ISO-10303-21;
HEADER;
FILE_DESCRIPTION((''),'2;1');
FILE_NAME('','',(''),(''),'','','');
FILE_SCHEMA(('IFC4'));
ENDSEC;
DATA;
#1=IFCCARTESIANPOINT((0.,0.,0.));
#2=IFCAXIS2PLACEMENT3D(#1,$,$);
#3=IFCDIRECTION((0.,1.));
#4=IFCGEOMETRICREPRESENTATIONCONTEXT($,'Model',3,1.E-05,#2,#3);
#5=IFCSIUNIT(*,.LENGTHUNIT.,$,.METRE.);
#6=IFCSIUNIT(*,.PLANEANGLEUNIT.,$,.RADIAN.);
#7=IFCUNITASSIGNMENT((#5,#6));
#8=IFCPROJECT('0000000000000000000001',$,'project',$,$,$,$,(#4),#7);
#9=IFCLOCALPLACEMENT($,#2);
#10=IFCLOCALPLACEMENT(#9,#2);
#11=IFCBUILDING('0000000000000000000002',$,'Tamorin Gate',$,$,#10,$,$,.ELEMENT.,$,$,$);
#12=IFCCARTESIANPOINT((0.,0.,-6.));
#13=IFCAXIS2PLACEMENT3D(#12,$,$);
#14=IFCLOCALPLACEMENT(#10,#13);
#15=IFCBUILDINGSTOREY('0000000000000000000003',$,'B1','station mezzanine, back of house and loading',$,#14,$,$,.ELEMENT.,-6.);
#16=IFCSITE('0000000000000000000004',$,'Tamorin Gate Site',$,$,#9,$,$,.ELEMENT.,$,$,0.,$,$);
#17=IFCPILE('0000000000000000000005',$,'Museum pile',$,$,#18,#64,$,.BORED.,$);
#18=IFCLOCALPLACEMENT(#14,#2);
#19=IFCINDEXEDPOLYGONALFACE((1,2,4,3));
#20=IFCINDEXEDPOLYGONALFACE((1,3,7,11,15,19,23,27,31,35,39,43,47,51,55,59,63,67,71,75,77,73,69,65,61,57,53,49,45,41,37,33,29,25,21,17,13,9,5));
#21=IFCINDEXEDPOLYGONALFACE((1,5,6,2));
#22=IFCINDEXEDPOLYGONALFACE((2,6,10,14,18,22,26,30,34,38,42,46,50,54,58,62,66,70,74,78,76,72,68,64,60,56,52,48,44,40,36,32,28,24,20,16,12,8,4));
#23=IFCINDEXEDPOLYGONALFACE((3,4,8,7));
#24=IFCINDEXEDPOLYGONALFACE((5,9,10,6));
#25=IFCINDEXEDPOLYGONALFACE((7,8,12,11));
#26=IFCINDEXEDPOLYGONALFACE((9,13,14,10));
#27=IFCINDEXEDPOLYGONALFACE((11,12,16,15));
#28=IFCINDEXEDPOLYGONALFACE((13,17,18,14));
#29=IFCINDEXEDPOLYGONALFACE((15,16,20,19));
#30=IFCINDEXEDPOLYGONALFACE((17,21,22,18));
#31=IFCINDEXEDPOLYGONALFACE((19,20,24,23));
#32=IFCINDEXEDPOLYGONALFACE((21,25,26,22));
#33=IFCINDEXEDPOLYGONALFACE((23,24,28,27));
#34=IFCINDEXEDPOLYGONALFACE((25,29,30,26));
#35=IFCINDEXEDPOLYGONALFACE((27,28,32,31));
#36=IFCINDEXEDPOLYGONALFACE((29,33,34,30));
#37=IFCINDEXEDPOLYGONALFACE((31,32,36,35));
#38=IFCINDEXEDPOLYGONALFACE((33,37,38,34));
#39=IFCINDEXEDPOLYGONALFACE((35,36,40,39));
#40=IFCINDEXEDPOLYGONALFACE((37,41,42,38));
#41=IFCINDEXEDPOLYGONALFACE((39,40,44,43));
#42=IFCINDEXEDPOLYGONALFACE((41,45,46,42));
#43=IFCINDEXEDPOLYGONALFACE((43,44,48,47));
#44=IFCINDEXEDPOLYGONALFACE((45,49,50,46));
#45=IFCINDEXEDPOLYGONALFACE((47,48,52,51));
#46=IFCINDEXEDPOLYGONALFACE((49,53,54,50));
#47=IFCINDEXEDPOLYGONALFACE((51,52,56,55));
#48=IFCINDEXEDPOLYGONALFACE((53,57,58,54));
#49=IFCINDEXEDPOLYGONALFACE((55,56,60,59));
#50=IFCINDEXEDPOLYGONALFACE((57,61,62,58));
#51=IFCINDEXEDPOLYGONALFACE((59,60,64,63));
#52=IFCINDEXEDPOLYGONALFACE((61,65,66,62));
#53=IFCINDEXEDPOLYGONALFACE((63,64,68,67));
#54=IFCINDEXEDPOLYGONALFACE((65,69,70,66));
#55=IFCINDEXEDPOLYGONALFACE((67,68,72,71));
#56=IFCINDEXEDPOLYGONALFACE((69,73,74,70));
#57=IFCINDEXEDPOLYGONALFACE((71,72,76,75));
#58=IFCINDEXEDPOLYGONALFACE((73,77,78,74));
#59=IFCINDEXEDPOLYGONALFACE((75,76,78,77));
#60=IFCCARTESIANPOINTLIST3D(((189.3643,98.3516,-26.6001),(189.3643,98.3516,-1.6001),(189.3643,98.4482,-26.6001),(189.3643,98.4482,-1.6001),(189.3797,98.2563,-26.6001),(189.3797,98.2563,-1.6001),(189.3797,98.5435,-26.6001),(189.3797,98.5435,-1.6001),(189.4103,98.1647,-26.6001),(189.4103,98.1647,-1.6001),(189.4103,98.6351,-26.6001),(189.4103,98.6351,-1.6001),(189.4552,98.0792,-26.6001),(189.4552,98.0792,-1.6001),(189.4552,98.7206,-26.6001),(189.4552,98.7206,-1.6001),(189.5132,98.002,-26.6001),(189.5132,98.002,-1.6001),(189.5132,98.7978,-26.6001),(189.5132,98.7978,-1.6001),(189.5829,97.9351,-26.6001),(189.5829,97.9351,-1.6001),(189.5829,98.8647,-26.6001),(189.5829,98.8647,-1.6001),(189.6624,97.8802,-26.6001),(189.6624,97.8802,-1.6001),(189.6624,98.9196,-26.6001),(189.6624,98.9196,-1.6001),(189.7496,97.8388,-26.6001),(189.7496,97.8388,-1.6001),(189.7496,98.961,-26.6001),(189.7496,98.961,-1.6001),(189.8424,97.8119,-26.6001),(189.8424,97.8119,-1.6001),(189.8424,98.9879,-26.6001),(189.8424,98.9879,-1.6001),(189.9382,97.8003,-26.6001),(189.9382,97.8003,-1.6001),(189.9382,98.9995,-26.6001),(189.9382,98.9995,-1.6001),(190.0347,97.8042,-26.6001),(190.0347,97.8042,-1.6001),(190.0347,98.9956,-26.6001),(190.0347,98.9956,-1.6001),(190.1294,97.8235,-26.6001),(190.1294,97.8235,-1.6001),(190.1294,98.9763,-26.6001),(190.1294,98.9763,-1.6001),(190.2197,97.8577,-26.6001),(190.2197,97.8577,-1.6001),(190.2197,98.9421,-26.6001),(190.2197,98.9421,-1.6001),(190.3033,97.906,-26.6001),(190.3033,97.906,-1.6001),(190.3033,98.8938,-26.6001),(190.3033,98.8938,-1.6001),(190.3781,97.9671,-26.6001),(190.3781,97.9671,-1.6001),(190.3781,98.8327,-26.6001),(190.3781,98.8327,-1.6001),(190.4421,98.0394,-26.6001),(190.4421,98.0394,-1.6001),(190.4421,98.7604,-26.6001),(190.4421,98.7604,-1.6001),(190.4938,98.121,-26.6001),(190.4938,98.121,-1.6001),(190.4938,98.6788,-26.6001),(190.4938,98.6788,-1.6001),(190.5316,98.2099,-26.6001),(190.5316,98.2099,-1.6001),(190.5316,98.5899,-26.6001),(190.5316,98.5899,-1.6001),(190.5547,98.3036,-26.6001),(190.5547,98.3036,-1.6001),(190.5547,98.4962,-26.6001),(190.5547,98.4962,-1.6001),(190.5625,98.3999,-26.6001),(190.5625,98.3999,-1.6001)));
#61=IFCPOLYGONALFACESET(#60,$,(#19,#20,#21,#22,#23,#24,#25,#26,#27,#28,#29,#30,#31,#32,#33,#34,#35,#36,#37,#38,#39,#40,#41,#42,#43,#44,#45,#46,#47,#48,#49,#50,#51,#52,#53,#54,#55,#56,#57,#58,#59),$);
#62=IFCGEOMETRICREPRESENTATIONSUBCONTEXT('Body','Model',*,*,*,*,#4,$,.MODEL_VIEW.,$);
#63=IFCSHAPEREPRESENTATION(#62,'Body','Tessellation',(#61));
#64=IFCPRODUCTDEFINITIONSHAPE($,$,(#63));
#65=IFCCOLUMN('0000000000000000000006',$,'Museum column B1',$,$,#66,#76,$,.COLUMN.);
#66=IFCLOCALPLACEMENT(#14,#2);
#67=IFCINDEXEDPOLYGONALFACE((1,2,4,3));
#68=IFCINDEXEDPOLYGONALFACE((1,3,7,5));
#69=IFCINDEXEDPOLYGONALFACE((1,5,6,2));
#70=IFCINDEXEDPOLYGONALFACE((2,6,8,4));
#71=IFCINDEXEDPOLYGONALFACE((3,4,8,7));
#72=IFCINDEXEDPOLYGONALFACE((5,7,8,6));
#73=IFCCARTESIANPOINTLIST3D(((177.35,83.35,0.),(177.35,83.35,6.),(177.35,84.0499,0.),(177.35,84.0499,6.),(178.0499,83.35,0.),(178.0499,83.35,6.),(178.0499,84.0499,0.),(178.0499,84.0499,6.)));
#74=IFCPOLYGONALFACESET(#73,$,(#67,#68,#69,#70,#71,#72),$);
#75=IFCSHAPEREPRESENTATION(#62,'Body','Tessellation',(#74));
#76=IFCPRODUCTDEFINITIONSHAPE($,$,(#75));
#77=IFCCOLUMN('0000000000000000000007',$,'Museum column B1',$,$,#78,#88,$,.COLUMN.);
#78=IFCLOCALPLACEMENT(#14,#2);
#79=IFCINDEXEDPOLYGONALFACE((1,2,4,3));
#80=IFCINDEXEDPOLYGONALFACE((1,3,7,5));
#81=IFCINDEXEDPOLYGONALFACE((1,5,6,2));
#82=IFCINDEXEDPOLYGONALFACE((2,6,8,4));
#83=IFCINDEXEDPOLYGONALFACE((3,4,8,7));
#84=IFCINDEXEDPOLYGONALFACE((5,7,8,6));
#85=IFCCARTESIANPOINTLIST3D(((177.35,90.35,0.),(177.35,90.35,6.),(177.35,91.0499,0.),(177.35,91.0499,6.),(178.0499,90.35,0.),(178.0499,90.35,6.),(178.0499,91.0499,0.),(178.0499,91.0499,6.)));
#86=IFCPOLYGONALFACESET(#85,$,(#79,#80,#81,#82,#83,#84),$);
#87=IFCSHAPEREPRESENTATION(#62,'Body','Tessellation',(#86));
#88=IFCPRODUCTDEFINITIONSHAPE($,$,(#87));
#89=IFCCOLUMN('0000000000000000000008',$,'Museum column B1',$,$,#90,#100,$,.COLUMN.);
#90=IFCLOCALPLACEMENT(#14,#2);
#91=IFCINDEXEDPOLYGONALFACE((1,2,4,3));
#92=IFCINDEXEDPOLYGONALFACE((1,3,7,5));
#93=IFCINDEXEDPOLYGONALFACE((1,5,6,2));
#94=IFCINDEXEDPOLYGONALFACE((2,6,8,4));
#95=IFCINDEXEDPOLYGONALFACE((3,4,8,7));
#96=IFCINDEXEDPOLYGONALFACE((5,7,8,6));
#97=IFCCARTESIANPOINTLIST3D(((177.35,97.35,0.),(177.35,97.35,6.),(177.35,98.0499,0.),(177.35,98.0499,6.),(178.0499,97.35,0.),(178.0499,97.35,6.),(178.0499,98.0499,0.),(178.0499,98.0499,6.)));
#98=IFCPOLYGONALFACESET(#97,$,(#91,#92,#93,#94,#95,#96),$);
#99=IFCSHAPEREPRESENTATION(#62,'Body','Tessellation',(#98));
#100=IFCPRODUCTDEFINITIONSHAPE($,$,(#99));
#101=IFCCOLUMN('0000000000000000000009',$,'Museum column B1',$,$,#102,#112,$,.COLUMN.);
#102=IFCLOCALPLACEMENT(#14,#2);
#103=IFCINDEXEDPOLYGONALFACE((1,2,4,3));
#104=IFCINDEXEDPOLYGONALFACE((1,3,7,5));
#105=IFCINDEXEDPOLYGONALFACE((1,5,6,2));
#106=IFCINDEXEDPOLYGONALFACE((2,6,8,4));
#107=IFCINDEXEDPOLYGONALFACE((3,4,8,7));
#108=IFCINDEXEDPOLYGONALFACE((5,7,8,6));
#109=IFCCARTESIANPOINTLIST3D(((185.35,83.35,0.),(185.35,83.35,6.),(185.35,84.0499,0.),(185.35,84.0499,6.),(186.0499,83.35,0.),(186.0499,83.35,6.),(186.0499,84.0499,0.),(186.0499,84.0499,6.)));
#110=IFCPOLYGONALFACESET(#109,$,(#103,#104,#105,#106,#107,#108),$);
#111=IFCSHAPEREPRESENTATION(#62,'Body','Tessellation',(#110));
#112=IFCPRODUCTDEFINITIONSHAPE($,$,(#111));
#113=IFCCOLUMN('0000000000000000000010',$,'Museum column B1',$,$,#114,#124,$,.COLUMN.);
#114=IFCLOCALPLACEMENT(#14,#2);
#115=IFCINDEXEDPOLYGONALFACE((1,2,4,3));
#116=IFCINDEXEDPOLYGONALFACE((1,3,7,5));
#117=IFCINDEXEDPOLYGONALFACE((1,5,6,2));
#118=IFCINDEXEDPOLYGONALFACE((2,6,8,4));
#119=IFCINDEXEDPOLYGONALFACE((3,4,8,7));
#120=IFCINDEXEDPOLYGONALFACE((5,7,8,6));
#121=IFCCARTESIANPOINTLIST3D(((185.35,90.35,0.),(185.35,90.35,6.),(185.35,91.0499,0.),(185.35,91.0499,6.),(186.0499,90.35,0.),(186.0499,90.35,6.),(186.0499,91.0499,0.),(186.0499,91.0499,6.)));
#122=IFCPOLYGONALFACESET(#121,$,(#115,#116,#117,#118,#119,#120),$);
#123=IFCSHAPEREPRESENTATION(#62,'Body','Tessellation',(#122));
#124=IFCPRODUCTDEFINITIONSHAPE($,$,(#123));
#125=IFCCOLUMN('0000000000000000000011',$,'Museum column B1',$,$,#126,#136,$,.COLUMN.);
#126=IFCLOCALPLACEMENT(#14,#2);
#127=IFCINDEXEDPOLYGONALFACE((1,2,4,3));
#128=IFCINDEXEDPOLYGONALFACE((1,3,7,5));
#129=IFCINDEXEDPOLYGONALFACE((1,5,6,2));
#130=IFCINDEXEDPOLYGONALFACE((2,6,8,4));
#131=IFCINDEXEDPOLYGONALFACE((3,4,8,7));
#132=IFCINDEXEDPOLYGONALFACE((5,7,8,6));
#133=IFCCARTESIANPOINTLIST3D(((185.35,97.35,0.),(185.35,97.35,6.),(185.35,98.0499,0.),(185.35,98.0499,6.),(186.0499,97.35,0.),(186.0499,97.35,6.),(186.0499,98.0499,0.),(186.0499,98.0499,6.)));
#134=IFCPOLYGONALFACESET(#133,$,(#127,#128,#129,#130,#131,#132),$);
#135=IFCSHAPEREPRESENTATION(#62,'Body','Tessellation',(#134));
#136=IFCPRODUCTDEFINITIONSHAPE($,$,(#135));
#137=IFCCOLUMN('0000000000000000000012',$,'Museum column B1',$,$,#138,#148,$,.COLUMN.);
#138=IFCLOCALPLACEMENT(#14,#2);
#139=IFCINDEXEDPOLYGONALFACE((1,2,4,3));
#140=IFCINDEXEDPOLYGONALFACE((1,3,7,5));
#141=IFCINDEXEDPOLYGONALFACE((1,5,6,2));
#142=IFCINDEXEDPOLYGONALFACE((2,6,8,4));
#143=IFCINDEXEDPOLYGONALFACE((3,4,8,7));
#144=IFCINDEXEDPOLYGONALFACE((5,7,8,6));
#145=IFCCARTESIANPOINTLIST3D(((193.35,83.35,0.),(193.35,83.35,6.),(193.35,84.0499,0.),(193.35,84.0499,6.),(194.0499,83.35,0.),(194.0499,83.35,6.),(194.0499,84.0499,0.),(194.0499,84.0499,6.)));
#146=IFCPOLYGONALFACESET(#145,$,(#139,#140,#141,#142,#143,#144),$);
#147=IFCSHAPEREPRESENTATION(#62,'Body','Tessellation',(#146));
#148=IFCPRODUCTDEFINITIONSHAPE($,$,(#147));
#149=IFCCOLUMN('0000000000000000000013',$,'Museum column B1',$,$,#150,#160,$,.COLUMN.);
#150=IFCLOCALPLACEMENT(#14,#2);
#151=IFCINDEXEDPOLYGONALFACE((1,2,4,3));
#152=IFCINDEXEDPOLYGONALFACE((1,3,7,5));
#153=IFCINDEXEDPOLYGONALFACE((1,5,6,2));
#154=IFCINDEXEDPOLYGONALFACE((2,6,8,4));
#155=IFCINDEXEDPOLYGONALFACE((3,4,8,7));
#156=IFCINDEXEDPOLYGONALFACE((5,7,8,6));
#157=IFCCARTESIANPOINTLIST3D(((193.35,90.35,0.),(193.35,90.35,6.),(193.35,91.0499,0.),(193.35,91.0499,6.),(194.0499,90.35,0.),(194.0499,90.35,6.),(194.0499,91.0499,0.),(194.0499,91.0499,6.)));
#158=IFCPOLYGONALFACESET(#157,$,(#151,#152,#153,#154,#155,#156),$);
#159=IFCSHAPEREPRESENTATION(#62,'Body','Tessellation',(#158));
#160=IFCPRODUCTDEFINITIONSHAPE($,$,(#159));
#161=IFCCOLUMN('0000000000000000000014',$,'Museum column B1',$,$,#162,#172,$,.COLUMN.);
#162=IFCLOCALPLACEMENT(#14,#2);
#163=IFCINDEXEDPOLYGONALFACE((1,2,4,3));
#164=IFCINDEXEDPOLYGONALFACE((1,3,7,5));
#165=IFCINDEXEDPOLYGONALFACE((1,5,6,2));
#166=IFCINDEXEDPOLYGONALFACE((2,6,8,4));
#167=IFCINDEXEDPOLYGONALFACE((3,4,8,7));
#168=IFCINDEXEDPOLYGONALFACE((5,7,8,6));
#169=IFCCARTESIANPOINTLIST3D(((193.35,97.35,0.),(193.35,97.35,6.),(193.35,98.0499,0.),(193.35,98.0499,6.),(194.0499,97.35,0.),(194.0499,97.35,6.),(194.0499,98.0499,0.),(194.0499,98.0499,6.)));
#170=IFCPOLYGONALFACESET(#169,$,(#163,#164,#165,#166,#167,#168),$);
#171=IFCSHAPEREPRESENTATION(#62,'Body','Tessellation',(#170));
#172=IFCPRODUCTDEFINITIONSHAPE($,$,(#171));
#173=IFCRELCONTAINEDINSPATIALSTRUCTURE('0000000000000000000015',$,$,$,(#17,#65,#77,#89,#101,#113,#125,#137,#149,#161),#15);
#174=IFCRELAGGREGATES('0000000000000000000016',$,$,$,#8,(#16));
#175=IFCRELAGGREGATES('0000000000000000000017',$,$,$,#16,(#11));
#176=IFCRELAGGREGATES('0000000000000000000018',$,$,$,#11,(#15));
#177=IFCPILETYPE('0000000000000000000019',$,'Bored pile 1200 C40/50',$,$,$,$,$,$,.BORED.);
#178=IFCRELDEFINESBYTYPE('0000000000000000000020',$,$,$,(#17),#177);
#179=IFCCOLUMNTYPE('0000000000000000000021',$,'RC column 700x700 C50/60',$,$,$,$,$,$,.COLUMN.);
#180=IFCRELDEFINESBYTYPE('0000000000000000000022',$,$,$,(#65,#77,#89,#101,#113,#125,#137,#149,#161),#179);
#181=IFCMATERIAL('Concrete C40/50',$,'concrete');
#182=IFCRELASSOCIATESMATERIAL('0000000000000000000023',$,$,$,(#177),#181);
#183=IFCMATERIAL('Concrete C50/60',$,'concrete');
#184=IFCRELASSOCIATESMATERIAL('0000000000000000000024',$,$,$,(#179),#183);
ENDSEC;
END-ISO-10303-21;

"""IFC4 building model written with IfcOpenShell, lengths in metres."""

from ifc_helpers import new_model, si_unit, direction, frame, origin, origin_2d, place, context, subcontext, project, spatial, rectangle, circle, extrude, material, material_profile, profile_set, type_object, element, save


model = new_model("IFC4")

# Units and contexts
model_context = context("Model", 3, precision=1e-05, world=origin(), true_north=direction((0.0, 1.0)))
body_context = subcontext(model_context, "Body", "Model", "MODEL_VIEW")
ifc_project = project(units=[si_unit("LENGTHUNIT", "METRE"), si_unit("PLANEANGLEUNIT", "RADIAN")], contexts=[model_context])

# Site, building, storey
site_placement = place(None, origin())
site = spatial("IfcSite", under=ifc_project, at=site_placement, Name="Tamorin Gate Site", CompositionType="ELEMENT", RefElevation=0.0)
building_placement = place(site_placement, origin())
building = spatial("IfcBuilding", under=site, at=building_placement, Name="Tamorin Gate", CompositionType="ELEMENT")
storey_placement = place(building_placement, frame((0.0, 0.0, -6.0)))
storey = spatial("IfcBuildingStorey", under=building, at=storey_placement, Name="B1", Description="station mezzanine, back of house and loading", CompositionType="ELEMENT", Elevation=-6.0)

# Pile
ifc_material_1 = material(Name="Concrete C40/50", Category="concrete")
ifc_material_profile_1 = material_profile(ifc_material_1, circle(Radius=0.6001, at=origin_2d()))
ifc_profile_set_1 = profile_set([ifc_material_profile_1], Name="Concrete C40/50")
pile_type = type_object("IfcPileType", Name="Bored pile 1200 C40/50", PredefinedType="BORED", material=ifc_profile_set_1)
for number, where, z_axis, x_axis, name in (
    (1, (189.9624, 98.3999, -1.6001), (0.0, 0.0, -1.0), (1.0, 0.0, 0.0), "Museum pile"),
):
    element("IfcPile", number, at=place(storey_placement, frame(where, z_axis=z_axis, x_axis=x_axis)), inside=storey, type_object=pile_type, Name=name, PredefinedType="BORED", context=body_context, shape_type="SweptSolid", body=[
        extrude(circle(Radius=0.6001, at=origin_2d()), origin(), (0.0, 0.0, 1.0), 25.0),
    ])

# Columns
ifc_material_2 = material(Name="Concrete C50/60", Category="concrete")
ifc_material_profile_2 = material_profile(ifc_material_2, rectangle(XDim=0.7, YDim=0.7, at=origin_2d()), Name="RC 700x700")
ifc_profile_set_2 = profile_set([ifc_material_profile_2], Name="Concrete C50/60")
column_type = type_object("IfcColumnType", Name="RC column 700x700 C50/60", PredefinedType="COLUMN", material=ifc_profile_set_2)
for number, where, z_axis, x_axis, name in (
    (2, (177.7, 83.7, 0.0), (0.0, 0.0, 1.0), (1.0, 0.0, 0.0), "Museum column B1"),
    (3, (177.7, 90.7, 0.0), (0.0, 0.0, 1.0), (1.0, 0.0, 0.0), "Museum column B1"),
    (4, (177.7, 97.7, 0.0), (0.0, 0.0, 1.0), (1.0, 0.0, 0.0), "Museum column B1"),
    (5, (185.7, 83.7, 0.0), (0.0, 0.0, 1.0), (1.0, 0.0, 0.0), "Museum column B1"),
    (6, (185.7, 90.7, 0.0), (0.0, 0.0, 1.0), (1.0, 0.0, 0.0), "Museum column B1"),
    (7, (185.7, 97.7, 0.0), (0.0, 0.0, 1.0), (1.0, 0.0, 0.0), "Museum column B1"),
    (8, (193.7, 83.7, 0.0), (0.0, 0.0, 1.0), (1.0, 0.0, 0.0), "Museum column B1"),
    (9, (193.7, 90.7, 0.0), (0.0, 0.0, 1.0), (1.0, 0.0, 0.0), "Museum column B1"),
    (10, (193.7, 97.7, 0.0), (0.0, 0.0, 1.0), (1.0, 0.0, 0.0), "Museum column B1"),
):
    element("IfcColumn", number, at=place(storey_placement, frame(where, z_axis=z_axis, x_axis=x_axis)), inside=storey, type_object=column_type, Name=name, PredefinedType="COLUMN", context=body_context, shape_type="SweptSolid", body=[
        extrude(rectangle(XDim=0.7, YDim=0.7, at=origin_2d()), origin(), (0.0, 0.0, 1.0), 6.0),
    ])

save(model, "model.ifc")
